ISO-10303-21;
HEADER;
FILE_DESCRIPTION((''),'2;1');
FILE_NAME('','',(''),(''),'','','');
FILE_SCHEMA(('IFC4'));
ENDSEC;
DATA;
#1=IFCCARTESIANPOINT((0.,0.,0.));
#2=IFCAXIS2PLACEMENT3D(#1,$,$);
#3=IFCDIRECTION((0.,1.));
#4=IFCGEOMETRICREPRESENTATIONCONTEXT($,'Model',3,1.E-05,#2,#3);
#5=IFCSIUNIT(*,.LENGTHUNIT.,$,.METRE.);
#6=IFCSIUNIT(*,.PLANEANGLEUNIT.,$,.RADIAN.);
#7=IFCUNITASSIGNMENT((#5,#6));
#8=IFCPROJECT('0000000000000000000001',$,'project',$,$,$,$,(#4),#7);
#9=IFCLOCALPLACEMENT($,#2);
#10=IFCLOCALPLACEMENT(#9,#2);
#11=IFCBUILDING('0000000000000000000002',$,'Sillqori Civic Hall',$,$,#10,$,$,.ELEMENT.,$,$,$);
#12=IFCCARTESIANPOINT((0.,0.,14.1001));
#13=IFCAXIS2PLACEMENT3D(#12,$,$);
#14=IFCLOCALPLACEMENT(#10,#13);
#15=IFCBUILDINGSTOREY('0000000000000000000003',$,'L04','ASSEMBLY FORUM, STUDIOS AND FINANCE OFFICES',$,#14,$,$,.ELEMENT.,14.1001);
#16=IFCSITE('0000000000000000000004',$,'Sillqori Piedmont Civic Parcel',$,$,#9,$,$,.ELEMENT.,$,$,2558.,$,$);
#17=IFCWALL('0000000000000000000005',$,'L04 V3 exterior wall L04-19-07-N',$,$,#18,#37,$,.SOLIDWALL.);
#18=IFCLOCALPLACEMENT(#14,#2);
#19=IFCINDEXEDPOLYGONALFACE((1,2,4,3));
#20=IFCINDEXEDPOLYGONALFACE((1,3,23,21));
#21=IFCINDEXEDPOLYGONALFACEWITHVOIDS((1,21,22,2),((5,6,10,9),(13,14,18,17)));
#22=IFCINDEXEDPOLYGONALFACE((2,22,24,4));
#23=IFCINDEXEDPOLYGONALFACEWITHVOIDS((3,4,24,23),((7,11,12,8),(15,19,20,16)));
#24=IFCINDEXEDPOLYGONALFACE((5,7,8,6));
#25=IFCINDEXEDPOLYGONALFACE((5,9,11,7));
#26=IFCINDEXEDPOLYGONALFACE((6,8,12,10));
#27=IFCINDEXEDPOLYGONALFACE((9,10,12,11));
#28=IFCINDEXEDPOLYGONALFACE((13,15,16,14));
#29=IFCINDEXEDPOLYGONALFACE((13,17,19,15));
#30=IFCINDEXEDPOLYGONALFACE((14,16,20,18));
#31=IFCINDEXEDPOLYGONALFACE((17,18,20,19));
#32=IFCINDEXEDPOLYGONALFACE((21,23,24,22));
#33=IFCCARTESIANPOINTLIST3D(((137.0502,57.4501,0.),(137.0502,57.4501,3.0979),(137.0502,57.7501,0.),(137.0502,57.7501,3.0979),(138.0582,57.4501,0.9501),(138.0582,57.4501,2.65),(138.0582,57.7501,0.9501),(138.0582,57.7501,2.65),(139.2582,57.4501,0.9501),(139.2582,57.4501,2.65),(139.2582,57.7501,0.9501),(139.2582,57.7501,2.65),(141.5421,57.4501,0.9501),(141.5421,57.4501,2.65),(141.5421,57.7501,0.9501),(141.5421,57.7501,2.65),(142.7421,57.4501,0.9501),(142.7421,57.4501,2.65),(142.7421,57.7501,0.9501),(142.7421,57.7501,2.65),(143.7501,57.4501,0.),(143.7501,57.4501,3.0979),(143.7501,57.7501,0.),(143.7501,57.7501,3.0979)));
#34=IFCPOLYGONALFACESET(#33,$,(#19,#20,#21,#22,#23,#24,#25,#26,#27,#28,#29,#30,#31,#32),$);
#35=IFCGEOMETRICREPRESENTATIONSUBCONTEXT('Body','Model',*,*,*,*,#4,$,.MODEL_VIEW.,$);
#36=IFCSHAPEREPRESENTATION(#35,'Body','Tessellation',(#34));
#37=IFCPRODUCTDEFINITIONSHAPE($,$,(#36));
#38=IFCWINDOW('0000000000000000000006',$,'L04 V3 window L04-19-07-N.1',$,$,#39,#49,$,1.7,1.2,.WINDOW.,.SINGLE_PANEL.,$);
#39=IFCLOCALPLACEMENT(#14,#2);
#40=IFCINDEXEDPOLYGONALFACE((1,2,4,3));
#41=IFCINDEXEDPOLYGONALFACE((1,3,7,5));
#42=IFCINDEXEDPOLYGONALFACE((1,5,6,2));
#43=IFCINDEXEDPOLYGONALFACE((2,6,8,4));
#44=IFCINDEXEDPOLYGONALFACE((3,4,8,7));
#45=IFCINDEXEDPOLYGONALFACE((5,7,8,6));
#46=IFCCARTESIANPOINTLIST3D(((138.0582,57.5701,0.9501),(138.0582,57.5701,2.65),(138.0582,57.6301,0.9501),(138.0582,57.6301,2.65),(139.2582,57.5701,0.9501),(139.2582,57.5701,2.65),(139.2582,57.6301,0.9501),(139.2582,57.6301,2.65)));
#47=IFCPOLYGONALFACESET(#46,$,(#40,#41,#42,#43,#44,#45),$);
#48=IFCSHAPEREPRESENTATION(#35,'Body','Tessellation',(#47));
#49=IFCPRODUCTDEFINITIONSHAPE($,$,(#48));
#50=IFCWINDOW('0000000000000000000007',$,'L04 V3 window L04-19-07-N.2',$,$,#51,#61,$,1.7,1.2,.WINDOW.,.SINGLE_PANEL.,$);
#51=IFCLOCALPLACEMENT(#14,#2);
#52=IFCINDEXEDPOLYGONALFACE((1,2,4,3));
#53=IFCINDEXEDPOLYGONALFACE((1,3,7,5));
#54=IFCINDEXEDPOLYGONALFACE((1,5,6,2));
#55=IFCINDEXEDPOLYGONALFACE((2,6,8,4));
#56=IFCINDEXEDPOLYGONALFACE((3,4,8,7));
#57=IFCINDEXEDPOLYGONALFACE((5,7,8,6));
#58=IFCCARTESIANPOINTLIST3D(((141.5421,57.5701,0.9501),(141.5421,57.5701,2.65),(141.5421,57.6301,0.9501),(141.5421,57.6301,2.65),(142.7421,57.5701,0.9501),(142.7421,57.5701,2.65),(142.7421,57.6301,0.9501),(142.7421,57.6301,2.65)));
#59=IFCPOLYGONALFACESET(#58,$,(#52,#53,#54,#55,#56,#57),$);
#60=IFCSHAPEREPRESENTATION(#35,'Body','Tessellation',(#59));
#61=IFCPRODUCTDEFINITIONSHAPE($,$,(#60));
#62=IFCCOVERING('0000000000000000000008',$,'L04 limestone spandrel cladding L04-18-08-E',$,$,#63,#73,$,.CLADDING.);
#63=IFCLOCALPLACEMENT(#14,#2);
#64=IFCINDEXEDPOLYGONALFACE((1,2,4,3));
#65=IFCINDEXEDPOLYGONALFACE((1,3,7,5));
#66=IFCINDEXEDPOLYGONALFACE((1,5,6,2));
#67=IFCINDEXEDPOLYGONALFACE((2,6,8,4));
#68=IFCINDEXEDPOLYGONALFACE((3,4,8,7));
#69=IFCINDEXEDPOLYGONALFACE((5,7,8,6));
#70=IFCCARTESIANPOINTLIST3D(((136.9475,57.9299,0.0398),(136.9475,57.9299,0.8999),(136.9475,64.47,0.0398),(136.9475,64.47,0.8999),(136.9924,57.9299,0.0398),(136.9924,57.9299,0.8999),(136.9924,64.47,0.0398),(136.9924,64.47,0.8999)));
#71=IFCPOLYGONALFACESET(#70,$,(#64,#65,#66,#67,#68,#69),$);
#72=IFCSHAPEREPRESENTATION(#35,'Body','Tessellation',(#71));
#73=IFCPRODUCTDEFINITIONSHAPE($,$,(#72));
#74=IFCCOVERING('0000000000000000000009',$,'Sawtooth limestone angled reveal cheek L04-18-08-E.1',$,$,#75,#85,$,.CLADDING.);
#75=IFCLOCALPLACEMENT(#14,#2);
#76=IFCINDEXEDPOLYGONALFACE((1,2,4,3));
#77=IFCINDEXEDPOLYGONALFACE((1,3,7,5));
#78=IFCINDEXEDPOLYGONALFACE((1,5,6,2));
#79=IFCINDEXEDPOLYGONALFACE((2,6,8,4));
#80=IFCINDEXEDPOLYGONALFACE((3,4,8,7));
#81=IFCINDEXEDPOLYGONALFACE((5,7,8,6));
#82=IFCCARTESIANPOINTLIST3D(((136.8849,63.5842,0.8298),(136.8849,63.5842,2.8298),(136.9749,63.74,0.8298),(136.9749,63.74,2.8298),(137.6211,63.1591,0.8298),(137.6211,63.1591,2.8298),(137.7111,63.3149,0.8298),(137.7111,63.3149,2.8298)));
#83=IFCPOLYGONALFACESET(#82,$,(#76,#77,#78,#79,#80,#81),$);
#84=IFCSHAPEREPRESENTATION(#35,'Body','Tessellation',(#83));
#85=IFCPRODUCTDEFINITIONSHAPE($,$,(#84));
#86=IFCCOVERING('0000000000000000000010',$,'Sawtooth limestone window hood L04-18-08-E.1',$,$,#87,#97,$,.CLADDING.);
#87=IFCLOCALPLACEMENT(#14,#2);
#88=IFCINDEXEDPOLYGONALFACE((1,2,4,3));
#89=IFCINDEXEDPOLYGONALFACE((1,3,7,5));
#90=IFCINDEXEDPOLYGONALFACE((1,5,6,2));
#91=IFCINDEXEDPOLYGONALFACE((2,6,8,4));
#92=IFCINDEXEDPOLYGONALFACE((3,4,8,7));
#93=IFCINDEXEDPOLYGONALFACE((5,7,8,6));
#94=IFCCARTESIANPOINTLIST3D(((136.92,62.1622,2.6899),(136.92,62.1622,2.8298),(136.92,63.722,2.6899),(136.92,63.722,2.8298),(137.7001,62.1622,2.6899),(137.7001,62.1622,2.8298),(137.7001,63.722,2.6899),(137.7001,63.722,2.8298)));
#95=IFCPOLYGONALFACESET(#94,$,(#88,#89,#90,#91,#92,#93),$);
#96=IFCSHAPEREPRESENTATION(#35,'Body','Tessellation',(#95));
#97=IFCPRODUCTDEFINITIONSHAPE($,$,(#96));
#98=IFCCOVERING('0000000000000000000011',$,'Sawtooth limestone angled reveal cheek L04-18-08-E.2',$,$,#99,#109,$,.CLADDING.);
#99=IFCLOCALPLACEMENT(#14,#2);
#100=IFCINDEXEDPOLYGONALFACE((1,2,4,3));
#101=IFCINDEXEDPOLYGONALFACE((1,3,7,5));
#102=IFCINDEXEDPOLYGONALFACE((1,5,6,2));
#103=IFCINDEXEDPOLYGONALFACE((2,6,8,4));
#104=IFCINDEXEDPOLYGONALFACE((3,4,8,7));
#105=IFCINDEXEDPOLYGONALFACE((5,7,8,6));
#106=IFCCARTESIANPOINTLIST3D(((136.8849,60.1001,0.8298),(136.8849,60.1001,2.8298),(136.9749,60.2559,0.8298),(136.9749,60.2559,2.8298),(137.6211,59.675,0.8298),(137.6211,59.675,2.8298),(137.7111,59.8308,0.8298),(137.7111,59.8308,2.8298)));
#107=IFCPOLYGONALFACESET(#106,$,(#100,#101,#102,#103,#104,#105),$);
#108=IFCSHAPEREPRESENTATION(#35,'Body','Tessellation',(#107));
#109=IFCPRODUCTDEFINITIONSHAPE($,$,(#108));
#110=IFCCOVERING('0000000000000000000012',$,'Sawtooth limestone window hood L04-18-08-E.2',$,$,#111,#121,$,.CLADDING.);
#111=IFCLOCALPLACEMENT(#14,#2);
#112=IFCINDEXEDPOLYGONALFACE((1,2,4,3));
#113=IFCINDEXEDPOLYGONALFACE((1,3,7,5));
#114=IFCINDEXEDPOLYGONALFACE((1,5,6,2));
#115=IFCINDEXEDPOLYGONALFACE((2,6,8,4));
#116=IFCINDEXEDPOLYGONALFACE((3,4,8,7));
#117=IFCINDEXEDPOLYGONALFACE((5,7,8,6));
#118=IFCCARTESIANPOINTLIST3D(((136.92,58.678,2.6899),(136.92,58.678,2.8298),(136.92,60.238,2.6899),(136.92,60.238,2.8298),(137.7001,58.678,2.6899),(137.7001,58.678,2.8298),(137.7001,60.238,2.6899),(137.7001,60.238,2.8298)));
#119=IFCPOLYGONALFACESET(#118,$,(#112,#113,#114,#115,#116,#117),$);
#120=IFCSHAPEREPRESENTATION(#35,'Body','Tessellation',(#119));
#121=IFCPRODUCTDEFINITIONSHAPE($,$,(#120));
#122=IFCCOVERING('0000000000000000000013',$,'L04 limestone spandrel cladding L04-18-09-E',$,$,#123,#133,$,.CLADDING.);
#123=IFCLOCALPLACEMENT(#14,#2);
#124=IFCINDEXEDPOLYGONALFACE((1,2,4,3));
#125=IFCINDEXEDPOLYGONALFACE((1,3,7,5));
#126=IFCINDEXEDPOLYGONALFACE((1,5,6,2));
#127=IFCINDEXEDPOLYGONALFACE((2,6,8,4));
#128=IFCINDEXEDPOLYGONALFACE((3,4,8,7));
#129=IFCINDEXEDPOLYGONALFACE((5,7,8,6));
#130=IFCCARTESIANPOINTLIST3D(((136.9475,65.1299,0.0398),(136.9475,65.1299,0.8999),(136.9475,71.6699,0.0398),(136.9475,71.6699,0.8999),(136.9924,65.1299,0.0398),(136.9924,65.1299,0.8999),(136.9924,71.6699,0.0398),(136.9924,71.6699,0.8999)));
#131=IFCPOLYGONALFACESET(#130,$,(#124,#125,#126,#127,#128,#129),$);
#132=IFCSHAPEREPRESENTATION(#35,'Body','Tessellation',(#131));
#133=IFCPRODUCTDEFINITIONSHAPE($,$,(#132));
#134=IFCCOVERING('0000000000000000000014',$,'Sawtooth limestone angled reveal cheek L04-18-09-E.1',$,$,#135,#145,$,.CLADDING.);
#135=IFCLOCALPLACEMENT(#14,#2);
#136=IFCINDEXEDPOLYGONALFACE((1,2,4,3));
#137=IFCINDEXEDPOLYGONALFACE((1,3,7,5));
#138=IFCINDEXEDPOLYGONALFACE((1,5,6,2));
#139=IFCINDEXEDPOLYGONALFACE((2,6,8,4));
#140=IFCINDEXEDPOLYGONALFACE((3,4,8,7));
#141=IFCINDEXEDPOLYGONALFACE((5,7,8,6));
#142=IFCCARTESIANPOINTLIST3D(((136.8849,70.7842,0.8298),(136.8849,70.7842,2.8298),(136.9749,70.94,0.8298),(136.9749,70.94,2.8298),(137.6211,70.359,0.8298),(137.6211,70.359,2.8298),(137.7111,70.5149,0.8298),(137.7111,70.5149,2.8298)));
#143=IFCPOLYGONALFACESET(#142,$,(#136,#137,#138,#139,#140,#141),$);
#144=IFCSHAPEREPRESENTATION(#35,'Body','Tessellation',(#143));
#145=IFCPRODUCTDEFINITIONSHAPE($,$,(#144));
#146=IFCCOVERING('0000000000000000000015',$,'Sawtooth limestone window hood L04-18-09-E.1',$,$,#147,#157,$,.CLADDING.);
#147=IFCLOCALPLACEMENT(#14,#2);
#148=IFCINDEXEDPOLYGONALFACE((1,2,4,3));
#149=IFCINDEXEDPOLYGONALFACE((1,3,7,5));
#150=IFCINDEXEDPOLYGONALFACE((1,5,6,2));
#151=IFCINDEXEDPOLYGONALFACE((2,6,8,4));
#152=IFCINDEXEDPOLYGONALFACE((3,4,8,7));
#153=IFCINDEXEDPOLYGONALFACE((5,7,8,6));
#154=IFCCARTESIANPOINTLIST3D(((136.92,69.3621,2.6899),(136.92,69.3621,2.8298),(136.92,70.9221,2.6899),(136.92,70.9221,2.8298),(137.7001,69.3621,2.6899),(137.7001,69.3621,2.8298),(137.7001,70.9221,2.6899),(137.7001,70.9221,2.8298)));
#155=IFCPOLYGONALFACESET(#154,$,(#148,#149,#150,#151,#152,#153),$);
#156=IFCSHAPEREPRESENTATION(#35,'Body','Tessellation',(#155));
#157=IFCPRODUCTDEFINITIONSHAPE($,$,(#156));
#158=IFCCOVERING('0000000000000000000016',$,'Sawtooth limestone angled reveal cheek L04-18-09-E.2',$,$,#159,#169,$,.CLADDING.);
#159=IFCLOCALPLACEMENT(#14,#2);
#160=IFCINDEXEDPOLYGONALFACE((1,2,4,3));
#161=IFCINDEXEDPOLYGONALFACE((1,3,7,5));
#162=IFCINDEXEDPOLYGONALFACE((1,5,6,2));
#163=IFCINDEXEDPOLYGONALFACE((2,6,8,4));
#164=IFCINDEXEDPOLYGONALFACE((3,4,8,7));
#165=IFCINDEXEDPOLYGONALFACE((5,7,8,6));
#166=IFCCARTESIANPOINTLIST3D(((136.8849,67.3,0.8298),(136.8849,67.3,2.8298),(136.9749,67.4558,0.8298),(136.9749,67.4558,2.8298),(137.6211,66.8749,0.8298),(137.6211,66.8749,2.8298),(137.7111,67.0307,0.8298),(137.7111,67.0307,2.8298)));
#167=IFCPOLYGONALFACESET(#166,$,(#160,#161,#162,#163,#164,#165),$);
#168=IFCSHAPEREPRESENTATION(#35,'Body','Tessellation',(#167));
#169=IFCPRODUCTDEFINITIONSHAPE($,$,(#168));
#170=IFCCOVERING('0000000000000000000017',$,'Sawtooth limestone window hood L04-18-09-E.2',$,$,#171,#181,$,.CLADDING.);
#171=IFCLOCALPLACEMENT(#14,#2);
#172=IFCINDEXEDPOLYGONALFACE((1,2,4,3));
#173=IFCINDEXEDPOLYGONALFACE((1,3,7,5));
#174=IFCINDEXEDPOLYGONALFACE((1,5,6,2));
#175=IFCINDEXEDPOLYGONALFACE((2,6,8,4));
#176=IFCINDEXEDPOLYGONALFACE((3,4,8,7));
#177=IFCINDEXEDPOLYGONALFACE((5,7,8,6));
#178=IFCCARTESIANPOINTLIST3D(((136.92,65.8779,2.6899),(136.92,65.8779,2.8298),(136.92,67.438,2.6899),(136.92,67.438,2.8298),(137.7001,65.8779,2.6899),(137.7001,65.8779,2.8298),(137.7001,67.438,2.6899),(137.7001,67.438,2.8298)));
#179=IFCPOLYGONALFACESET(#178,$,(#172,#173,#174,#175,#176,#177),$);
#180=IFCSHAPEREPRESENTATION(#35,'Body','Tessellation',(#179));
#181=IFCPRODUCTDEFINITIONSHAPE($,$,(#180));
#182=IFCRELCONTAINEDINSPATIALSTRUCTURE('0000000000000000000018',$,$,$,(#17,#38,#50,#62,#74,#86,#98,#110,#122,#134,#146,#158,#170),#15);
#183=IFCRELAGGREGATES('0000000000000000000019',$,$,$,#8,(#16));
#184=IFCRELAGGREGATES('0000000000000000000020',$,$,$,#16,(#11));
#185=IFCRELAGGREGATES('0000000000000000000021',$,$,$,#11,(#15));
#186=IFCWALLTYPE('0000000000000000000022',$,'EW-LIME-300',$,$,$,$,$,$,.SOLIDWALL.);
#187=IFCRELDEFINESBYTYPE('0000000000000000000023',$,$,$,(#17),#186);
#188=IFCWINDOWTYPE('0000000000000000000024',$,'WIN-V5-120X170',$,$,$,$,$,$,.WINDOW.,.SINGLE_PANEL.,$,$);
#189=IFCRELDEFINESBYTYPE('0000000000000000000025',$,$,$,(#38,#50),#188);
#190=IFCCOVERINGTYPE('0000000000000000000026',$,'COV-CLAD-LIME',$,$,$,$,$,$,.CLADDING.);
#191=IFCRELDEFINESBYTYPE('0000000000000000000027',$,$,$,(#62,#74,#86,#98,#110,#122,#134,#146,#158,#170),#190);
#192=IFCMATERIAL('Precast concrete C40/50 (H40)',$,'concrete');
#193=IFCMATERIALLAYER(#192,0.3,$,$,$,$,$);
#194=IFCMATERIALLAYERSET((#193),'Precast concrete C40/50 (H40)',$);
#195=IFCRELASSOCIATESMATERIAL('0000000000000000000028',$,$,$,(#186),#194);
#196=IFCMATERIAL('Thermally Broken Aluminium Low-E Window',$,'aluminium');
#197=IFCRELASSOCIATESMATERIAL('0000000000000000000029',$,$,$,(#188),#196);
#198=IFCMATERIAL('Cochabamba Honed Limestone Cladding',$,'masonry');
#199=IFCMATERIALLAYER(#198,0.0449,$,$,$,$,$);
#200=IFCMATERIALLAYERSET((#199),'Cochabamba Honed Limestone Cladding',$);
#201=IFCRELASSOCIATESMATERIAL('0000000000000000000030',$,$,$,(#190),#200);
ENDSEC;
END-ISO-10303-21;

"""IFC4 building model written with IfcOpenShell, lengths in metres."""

from ifc_helpers import new_model, si_unit, direction, frame, frame_2d, origin, place, context, subcontext, project, spatial, rectangle, extrude, material, layer, layer_set, type_object, element, fill, save


model = new_model("IFC4")

# Units and contexts
model_context = context("Model", 3, precision=1e-05, world=origin(), true_north=direction((0.0, 1.0)))
body_context = subcontext(model_context, "Body", "Model", "MODEL_VIEW")
ifc_project = project(units=[si_unit("LENGTHUNIT", "METRE"), si_unit("PLANEANGLEUNIT", "RADIAN")], contexts=[model_context])

# Site, building, storey
site_placement = place(None, origin())
site = spatial("IfcSite", under=ifc_project, at=site_placement, Name="Sillqori Piedmont Civic Parcel", CompositionType="ELEMENT", RefElevation=2558.0)
building_placement = place(site_placement, origin())
building = spatial("IfcBuilding", under=site, at=building_placement, Name="Sillqori Civic Hall", CompositionType="ELEMENT")
storey_placement = place(building_placement, frame((0.0, 0.0, 14.1001)))
storey = spatial("IfcBuildingStorey", under=building, at=storey_placement, Name="L04", Description="ASSEMBLY FORUM, STUDIOS AND FINANCE OFFICES", CompositionType="ELEMENT", Elevation=14.1001)

# Shared definitions
ifc_material_1 = material(Name="Precast concrete C40/50 (H40)", Category="concrete")

# Wall, openings, windows
ifc_layer_1 = layer(ifc_material_1, 0.3)
ifc_layer_set_1 = layer_set([ifc_layer_1], Name="Precast concrete C40/50 (H40)")
wall_type = type_object("IfcWallType", Name="EW-LIME-300", PredefinedType="SOLIDWALL", material=ifc_layer_set_1)
ifc_material_2 = material(Name="Thermally Broken Aluminium Low-E Window", Category="aluminium")
window_type = type_object("IfcWindowType", Name="WIN-V5-120X170", PartitioningType="SINGLE_PANEL", PredefinedType="WINDOW", material=ifc_material_2)
wall_1_placement = place(storey_placement, frame((137.05, 57.6001, 0.0), z_axis=(0.0, 0.0, 1.0), x_axis=(1.0, 0.0, 0.0)))
wall_1 = element("IfcWall", 1, at=wall_1_placement, inside=storey, type_object=wall_type, Name="L04 V3 exterior wall L04-19-07-N", PredefinedType="SOLIDWALL", context=body_context, shape_type="SweptSolid", body=[
    extrude(rectangle(XDim=6.7, YDim=0.3, at=frame_2d((3.3501, 0.0))), origin(), (0.0, 0.0, 1.0), 3.0979),
])
opening_1_placement = place(wall_1_placement, frame((1.0081, 0.0, 0.95)))
opening_1 = element("IfcOpeningElement", 2, at=opening_1_placement, cuts=wall_1, PredefinedType="OPENING", context=body_context, shape_type="SweptSolid", body=[
    extrude(rectangle(XDim=1.2, YDim=1.7, at=frame_2d((0.6001, 0.8501))), frame((0.0, 0.1599, 0.0), z_axis=(0.0, -1.0, 0.0), x_axis=(1.0, 0.0, 0.0)), (0.0, 0.0, 1.0), 0.3201),
])
opening_2_placement = place(wall_1_placement, frame((4.4919, 0.0, 0.95)))
opening_2 = element("IfcOpeningElement", 3, at=opening_2_placement, cuts=wall_1, PredefinedType="OPENING", context=body_context, shape_type="SweptSolid", body=[
    extrude(rectangle(XDim=1.2, YDim=1.7, at=frame_2d((0.6001, 0.8501))), frame((0.0, 0.1599, 0.0), z_axis=(0.0, -1.0, 0.0), x_axis=(1.0, 0.0, 0.0)), (0.0, 0.0, 1.0), 0.3201),
])
window_1_placement = place(opening_1_placement, origin())
window_1 = element("IfcWindow", 4, at=window_1_placement, inside=storey, type_object=window_type, Name="L04 V3 window L04-19-07-N.1", OverallHeight=1.7, OverallWidth=1.2, PartitioningType="SINGLE_PANEL", PredefinedType="WINDOW", context=body_context, shape_type="SweptSolid", body=[
    extrude(rectangle(XDim=1.2, YDim=1.7, at=frame_2d((0.6001, 0.8501))), frame((0.0, 0.03, 0.0), z_axis=(0.0, -1.0, 0.0), x_axis=(1.0, 0.0, 0.0)), (0.0, 0.0, 1.0), 0.0601),
])
fill(opening_1, window_1)
window_2_placement = place(opening_2_placement, origin())
window_2 = element("IfcWindow", 5, at=window_2_placement, inside=storey, type_object=window_type, Name="L04 V3 window L04-19-07-N.2", OverallHeight=1.7, OverallWidth=1.2, PartitioningType="SINGLE_PANEL", PredefinedType="WINDOW", context=body_context, shape_type="SweptSolid", body=[
    extrude(rectangle(XDim=1.2, YDim=1.7, at=frame_2d((0.6001, 0.8501))), frame((0.0, 0.03, 0.0), z_axis=(0.0, -1.0, 0.0), x_axis=(1.0, 0.0, 0.0)), (0.0, 0.0, 1.0), 0.0601),
])
fill(opening_2, window_2)

# Coverings
ifc_material_3 = material(Name="Cochabamba Honed Limestone Cladding", Category="masonry")
ifc_layer_2 = layer(ifc_material_3, 0.0449)
ifc_layer_set_2 = layer_set([ifc_layer_2], Name="Cochabamba Honed Limestone Cladding")
covering_type = type_object("IfcCoveringType", Name="COV-CLAD-LIME", PredefinedType="CLADDING", material=ifc_layer_set_2)
covering_1_placement = place(storey_placement, frame((136.97, 64.47, 0.0398), z_axis=(0.0, 0.0, 1.0), x_axis=(0.0, -1.0, 0.0)))
element("IfcCovering", 6, at=covering_1_placement, inside=storey, type_object=covering_type, Name="L04 limestone spandrel cladding L04-18-08-E", PredefinedType="CLADDING", context=body_context, shape_type="SweptSolid", body=[
    extrude(rectangle(XDim=6.54, YDim=0.0449, at=frame_2d((3.27, 0.0))), origin(), (0.0, 0.0, 1.0), 0.8601),
])
covering_2_placement = place(storey_placement, frame((136.9299, 63.6621, 0.8298), z_axis=(0.0, 0.0, 1.0), x_axis=(0.865989, -0.500062, 0.0)))
element("IfcCovering", 7, at=covering_2_placement, inside=storey, type_object=covering_type, Name="Sawtooth limestone angled reveal cheek L04-18-08-E.1", PredefinedType="CLADDING", context=body_context, shape_type="SweptSolid", body=[
    extrude(rectangle(XDim=0.8501, YDim=0.1799, at=frame_2d((0.425, 0.0))), origin(), (0.0, 0.0, 1.0), 2.0),
])
covering_3_placement = place(storey_placement, frame((137.3101, 63.7219, 2.6899), z_axis=(0.0, 0.0, 1.0), x_axis=(0.0, -1.0, 0.0)))
element("IfcCovering", 8, at=covering_3_placement, inside=storey, type_object=covering_type, Name="Sawtooth limestone window hood L04-18-08-E.1", PredefinedType="CLADDING", context=body_context, shape_type="SweptSolid", body=[
    extrude(rectangle(XDim=1.5598, YDim=0.78, at=frame_2d((0.7798, 0.0))), origin(), (0.0, 0.0, 1.0), 0.1399),
])
covering_4_placement = place(storey_placement, frame((136.9299, 60.178, 0.8298), z_axis=(0.0, 0.0, 1.0), x_axis=(0.865989, -0.500062, 0.0)))
element("IfcCovering", 9, at=covering_4_placement, inside=storey, type_object=covering_type, Name="Sawtooth limestone angled reveal cheek L04-18-08-E.2", PredefinedType="CLADDING", context=body_context, shape_type="SweptSolid", body=[
    extrude(rectangle(XDim=0.8501, YDim=0.1799, at=frame_2d((0.425, 0.0))), origin(), (0.0, 0.0, 1.0), 2.0),
])
covering_5_placement = place(storey_placement, frame((137.3101, 60.238, 2.6899), z_axis=(0.0, 0.0, 1.0), x_axis=(0.0, -1.0, 0.0)))
element("IfcCovering", 10, at=covering_5_placement, inside=storey, type_object=covering_type, Name="Sawtooth limestone window hood L04-18-08-E.2", PredefinedType="CLADDING", context=body_context, shape_type="SweptSolid", body=[
    extrude(rectangle(XDim=1.5601, YDim=0.78, at=frame_2d((0.78, 0.0))), origin(), (0.0, 0.0, 1.0), 0.1399),
])
covering_6_placement = place(storey_placement, frame((136.97, 71.6699, 0.0398), z_axis=(0.0, 0.0, 1.0), x_axis=(0.0, -1.0, 0.0)))
element("IfcCovering", 11, at=covering_6_placement, inside=storey, type_object=covering_type, Name="L04 limestone spandrel cladding L04-18-09-E", PredefinedType="CLADDING", context=body_context, shape_type="SweptSolid", body=[
    extrude(rectangle(XDim=6.54, YDim=0.0449, at=frame_2d((3.27, 0.0))), origin(), (0.0, 0.0, 1.0), 0.8601),
])
covering_7_placement = place(storey_placement, frame((136.9299, 70.8621, 0.8298), z_axis=(0.0, 0.0, 1.0), x_axis=(0.865989, -0.500062, 0.0)))
element("IfcCovering", 12, at=covering_7_placement, inside=storey, type_object=covering_type, Name="Sawtooth limestone angled reveal cheek L04-18-09-E.1", PredefinedType="CLADDING", context=body_context, shape_type="SweptSolid", body=[
    extrude(rectangle(XDim=0.8501, YDim=0.1799, at=frame_2d((0.425, 0.0))), origin(), (0.0, 0.0, 1.0), 2.0),
])
covering_8_placement = place(storey_placement, frame((137.3101, 70.9221, 2.6899), z_axis=(0.0, 0.0, 1.0), x_axis=(0.0, -1.0, 0.0)))
element("IfcCovering", 13, at=covering_8_placement, inside=storey, type_object=covering_type, Name="Sawtooth limestone window hood L04-18-09-E.1", PredefinedType="CLADDING", context=body_context, shape_type="SweptSolid", body=[
    extrude(rectangle(XDim=1.5601, YDim=0.78, at=frame_2d((0.78, 0.0))), origin(), (0.0, 0.0, 1.0), 0.1399),
])
covering_9_placement = place(storey_placement, frame((136.9299, 67.3779, 0.8298), z_axis=(0.0, 0.0, 1.0), x_axis=(0.865989, -0.500062, 0.0)))
element("IfcCovering", 14, at=covering_9_placement, inside=storey, type_object=covering_type, Name="Sawtooth limestone angled reveal cheek L04-18-09-E.2", PredefinedType="CLADDING", context=body_context, shape_type="SweptSolid", body=[
    extrude(rectangle(XDim=0.8501, YDim=0.1799, at=frame_2d((0.425, 0.0))), origin(), (0.0, 0.0, 1.0), 2.0),
])
covering_10_placement = place(storey_placement, frame((137.3101, 67.438, 2.6899), z_axis=(0.0, 0.0, 1.0), x_axis=(0.0, -1.0, 0.0)))
element("IfcCovering", 15, at=covering_10_placement, inside=storey, type_object=covering_type, Name="Sawtooth limestone window hood L04-18-09-E.2", PredefinedType="CLADDING", context=body_context, shape_type="SweptSolid", body=[
    extrude(rectangle(XDim=1.5601, YDim=0.78, at=frame_2d((0.78, 0.0))), origin(), (0.0, 0.0, 1.0), 0.1399),
])

save(model, "model.ifc")
